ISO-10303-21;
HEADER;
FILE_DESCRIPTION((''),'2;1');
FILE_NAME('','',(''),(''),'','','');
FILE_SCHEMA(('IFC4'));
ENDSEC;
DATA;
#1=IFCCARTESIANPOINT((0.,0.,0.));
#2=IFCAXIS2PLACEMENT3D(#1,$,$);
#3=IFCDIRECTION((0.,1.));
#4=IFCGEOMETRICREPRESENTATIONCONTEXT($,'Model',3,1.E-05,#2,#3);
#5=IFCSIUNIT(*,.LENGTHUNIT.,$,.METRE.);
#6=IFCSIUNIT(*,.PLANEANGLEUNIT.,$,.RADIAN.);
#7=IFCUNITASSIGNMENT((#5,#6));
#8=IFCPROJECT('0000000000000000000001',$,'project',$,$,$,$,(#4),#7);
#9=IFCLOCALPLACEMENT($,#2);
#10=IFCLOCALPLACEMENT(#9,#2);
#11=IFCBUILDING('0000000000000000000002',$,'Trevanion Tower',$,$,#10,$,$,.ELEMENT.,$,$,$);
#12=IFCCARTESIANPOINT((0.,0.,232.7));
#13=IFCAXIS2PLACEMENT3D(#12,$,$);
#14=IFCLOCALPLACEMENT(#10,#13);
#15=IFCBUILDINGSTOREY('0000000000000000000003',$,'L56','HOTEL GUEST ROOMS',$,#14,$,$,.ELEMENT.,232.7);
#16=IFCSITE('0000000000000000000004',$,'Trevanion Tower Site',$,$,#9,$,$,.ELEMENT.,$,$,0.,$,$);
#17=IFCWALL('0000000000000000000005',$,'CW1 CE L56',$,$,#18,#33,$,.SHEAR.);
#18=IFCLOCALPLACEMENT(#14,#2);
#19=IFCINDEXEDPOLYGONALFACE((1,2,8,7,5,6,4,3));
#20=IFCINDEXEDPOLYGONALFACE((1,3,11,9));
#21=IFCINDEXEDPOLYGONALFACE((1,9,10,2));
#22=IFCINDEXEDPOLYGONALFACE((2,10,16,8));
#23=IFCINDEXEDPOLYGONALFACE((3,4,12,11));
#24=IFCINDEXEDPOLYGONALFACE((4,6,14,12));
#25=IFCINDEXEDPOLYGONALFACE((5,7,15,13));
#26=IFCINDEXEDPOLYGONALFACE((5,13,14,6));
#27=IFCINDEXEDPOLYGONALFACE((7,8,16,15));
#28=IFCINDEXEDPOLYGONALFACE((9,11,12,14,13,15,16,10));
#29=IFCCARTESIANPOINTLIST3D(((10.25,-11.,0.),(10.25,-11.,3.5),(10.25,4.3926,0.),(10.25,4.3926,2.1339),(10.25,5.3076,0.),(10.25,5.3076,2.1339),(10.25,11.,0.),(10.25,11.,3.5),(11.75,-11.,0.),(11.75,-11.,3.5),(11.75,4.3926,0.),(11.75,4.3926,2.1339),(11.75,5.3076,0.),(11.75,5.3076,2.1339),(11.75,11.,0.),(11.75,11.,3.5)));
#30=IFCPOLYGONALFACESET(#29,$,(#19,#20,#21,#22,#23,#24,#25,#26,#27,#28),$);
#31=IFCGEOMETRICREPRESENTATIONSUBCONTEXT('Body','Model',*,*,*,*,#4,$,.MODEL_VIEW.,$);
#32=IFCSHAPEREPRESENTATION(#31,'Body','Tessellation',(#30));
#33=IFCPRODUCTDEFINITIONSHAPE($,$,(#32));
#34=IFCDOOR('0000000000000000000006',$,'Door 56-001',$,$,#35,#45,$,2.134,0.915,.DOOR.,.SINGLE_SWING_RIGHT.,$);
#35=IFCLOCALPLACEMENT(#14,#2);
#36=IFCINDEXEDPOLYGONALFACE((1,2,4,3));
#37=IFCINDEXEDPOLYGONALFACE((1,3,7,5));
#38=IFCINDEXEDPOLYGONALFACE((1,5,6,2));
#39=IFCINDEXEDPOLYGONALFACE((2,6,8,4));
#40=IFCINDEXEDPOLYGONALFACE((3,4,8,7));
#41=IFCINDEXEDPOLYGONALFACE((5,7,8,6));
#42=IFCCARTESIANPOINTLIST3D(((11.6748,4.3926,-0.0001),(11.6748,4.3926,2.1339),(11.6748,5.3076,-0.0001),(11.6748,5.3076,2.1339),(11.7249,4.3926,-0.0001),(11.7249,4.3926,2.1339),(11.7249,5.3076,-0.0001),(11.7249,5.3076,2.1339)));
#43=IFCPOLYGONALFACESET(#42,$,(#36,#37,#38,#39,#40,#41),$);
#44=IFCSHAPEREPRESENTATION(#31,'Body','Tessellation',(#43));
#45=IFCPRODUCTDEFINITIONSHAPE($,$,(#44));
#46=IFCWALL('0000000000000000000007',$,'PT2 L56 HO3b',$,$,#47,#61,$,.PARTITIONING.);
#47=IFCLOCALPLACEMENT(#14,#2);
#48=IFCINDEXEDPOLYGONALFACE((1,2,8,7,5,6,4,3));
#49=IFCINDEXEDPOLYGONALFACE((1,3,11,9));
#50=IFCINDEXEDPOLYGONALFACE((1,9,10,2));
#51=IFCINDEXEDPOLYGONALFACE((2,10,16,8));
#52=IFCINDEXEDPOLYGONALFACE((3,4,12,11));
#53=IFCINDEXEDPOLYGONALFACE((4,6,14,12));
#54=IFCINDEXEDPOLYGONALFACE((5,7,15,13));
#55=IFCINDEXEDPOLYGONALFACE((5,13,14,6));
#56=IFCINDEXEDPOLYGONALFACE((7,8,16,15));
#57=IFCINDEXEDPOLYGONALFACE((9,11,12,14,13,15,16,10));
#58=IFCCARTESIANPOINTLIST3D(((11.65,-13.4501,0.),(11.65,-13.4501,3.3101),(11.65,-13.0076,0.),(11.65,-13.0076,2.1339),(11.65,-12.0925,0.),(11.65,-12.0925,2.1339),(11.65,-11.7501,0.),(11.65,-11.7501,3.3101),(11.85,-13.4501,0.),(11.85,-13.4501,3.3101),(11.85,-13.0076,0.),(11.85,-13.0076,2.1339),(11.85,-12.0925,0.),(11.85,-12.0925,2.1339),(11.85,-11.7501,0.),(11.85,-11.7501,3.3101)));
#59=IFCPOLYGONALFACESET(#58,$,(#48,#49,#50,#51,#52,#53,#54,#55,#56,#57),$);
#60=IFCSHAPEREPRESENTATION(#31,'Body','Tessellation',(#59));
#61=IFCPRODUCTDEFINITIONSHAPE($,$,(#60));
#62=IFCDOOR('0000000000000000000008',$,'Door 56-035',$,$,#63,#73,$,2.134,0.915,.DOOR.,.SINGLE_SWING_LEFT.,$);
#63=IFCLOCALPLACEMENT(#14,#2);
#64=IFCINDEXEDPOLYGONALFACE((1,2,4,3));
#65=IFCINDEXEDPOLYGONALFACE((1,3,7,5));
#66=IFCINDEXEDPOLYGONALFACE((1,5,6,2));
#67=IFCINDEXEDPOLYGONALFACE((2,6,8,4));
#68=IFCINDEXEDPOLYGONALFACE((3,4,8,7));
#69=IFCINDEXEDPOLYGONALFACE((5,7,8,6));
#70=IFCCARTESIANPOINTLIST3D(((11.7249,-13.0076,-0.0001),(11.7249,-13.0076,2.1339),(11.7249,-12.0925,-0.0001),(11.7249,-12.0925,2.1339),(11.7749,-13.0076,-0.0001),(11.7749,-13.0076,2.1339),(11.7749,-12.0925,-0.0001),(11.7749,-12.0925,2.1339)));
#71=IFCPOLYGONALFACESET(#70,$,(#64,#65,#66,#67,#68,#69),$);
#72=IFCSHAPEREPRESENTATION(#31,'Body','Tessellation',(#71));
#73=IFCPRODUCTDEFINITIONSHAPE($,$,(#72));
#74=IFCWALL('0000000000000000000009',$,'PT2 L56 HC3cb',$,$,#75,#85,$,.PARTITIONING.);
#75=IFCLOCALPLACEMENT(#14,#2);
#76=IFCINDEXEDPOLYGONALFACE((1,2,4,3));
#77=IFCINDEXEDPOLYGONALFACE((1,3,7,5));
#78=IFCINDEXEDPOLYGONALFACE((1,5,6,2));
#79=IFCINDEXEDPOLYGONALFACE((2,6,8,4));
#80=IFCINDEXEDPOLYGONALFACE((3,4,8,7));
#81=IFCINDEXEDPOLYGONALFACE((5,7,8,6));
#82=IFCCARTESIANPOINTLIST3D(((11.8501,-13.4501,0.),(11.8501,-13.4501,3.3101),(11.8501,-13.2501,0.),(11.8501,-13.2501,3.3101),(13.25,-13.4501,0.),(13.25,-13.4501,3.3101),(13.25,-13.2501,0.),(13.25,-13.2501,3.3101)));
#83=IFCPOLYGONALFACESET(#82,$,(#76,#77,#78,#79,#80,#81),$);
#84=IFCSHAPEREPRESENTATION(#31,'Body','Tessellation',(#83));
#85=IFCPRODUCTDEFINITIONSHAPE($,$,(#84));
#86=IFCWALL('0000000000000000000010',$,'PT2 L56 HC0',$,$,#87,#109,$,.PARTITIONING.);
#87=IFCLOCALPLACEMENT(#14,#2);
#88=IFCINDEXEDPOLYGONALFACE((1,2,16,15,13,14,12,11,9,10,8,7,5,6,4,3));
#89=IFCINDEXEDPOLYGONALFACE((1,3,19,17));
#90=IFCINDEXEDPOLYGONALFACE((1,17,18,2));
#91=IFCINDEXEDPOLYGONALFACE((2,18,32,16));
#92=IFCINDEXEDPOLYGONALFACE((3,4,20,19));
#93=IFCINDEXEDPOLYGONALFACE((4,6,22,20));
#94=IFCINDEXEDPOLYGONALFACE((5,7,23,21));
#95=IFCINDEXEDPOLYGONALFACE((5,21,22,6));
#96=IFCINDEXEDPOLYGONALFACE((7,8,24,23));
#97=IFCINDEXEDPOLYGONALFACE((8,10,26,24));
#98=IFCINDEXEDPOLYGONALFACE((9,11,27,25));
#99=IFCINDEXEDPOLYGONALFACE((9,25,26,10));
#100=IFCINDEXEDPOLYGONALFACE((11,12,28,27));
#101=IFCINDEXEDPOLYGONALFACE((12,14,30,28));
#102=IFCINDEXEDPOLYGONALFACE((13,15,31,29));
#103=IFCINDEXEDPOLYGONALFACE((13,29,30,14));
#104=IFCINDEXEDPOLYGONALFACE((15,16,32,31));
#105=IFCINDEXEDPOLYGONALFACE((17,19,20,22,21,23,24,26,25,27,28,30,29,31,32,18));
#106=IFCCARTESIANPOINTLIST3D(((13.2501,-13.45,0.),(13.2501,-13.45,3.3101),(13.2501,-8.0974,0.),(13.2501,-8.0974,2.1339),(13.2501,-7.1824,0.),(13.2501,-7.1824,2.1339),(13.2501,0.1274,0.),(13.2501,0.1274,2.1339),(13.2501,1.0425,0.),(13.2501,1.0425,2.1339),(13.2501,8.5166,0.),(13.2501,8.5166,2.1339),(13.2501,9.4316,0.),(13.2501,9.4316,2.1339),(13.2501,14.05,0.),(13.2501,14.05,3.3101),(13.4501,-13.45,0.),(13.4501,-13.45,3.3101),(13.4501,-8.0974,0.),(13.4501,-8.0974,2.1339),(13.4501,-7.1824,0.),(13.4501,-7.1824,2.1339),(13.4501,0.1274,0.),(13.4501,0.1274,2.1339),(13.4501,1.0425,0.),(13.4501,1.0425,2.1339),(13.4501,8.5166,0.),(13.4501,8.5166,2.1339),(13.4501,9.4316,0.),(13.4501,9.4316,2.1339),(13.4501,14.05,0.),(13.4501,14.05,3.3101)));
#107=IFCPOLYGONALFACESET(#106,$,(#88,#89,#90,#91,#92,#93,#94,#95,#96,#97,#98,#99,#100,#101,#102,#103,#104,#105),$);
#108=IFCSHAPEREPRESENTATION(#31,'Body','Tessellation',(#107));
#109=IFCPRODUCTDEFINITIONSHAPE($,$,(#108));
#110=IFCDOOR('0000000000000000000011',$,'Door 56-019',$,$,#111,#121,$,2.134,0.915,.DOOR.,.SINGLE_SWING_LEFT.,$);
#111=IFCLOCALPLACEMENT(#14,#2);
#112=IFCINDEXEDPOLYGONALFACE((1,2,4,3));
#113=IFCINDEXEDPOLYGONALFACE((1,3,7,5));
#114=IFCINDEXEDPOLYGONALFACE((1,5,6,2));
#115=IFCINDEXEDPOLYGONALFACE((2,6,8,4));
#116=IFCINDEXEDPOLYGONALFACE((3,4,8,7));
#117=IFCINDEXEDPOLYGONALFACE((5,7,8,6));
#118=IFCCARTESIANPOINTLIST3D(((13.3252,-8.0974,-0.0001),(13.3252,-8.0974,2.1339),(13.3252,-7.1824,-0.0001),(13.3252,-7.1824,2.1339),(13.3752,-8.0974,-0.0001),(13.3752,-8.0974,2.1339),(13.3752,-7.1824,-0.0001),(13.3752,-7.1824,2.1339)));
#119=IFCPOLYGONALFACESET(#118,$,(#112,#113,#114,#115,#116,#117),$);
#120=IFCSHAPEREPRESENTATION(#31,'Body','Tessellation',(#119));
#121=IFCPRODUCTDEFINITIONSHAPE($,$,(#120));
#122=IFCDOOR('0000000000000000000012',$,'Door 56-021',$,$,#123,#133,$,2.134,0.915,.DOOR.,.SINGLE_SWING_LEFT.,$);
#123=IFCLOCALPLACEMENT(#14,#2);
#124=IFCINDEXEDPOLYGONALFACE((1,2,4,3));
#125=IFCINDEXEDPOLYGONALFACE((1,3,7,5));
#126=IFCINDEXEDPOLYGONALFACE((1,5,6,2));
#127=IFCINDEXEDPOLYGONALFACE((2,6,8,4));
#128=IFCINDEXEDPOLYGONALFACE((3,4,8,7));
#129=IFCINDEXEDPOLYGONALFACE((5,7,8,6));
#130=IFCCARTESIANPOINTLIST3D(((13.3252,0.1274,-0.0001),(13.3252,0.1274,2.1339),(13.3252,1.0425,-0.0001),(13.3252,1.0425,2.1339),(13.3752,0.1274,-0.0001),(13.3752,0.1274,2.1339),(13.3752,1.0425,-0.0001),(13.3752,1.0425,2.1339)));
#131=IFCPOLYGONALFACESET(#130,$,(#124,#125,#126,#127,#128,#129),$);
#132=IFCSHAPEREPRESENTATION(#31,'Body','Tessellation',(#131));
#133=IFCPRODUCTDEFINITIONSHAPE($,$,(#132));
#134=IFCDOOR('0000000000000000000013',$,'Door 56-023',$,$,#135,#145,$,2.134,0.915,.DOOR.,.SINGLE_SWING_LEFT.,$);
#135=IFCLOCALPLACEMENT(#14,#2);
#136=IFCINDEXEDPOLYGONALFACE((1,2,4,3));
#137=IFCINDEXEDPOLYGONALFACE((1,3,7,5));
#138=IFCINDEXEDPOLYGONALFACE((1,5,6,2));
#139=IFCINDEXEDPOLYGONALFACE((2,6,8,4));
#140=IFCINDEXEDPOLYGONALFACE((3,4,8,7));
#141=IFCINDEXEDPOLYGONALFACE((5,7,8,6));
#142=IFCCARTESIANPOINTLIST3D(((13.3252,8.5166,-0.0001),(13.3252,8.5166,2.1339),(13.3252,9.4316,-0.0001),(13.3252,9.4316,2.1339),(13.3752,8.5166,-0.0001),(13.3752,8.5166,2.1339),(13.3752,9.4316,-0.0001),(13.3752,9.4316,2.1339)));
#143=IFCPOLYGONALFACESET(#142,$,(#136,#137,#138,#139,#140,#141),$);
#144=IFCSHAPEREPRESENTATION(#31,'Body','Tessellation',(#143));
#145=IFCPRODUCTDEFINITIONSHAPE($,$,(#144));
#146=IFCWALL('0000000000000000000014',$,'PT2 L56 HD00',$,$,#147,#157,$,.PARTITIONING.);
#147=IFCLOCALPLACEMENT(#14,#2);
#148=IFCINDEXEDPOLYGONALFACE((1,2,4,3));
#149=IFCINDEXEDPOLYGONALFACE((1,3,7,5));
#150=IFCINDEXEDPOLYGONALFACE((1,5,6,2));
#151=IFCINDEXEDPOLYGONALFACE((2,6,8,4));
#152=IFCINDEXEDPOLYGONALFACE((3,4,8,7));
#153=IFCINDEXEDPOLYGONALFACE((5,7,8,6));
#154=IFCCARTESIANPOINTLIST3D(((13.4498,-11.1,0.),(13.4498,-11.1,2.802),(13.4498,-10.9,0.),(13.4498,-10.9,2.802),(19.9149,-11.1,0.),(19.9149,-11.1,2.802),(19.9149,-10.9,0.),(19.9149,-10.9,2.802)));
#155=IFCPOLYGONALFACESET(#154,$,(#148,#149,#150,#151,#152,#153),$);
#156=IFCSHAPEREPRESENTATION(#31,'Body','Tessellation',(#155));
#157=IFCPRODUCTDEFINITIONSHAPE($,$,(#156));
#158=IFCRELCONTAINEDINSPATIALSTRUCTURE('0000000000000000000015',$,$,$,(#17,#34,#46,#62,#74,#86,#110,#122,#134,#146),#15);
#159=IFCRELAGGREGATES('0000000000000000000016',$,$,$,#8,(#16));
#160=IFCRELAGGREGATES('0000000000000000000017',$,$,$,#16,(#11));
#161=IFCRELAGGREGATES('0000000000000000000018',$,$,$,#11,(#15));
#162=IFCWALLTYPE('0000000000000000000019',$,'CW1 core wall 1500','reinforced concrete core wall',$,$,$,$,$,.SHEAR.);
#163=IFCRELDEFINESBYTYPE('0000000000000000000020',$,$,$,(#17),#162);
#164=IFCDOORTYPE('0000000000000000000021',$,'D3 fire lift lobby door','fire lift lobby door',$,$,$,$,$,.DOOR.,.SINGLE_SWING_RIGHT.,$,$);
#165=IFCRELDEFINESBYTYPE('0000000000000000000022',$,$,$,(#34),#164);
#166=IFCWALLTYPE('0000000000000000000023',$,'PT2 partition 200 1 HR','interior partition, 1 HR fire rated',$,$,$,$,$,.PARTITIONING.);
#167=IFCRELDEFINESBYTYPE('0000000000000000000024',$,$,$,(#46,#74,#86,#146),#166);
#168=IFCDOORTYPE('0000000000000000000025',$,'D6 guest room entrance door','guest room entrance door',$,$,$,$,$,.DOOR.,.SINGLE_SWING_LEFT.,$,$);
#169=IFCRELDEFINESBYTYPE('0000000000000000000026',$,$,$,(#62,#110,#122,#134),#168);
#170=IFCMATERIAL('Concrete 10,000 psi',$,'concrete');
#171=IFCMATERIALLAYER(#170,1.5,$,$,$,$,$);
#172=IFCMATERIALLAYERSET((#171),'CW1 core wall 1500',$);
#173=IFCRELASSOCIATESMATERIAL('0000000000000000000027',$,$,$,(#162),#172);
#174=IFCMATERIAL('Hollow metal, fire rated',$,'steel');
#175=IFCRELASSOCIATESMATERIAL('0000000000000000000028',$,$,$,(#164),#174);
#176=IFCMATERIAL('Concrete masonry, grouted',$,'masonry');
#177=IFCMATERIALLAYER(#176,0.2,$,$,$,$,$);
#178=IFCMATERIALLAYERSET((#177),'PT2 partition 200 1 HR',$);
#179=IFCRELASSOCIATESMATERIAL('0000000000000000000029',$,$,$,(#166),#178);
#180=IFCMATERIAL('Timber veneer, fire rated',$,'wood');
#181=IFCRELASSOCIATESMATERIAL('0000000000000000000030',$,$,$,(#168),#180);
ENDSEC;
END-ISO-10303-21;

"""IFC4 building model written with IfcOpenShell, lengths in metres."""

from ifc_helpers import new_model, si_unit, direction, frame, frame_2d, origin, place, context, subcontext, project, spatial, rectangle, extrude, material, layer, layer_set, type_object, element, fill, save


model = new_model("IFC4")

# Units and contexts
model_context = context("Model", 3, precision=1e-05, world=origin(), true_north=direction((0.0, 1.0)))
body_context = subcontext(model_context, "Body", "Model", "MODEL_VIEW")
ifc_project = project(units=[si_unit("LENGTHUNIT", "METRE"), si_unit("PLANEANGLEUNIT", "RADIAN")], contexts=[model_context])

# Site, building, storey
site_placement = place(None, origin())
site = spatial("IfcSite", under=ifc_project, at=site_placement, Name="Trevanion Tower Site", CompositionType="ELEMENT", RefElevation=0.0)
building_placement = place(site_placement, origin())
building = spatial("IfcBuilding", under=site, at=building_placement, Name="Trevanion Tower", CompositionType="ELEMENT")
storey_placement = place(building_placement, frame((0.0, 0.0, 232.7)))
storey = spatial("IfcBuildingStorey", under=building, at=storey_placement, Name="L56", Description="HOTEL GUEST ROOMS", CompositionType="ELEMENT", Elevation=232.7)

# Walls, openings, doors
ifc_material_1 = material(Name="Concrete 10,000 psi", Category="concrete")
ifc_layer_1 = layer(ifc_material_1, 1.5)
ifc_layer_set_1 = layer_set([ifc_layer_1], Name="CW1 core wall 1500")
wall_type_1 = type_object("IfcWallType", Name="CW1 core wall 1500", Description="reinforced concrete core wall", PredefinedType="SHEAR", material=ifc_layer_set_1)
wall_1_placement = place(storey_placement, frame((11.0, -11.0, 0.0), z_axis=(0.0, 0.0, 1.0), x_axis=(0.0, 1.0, 0.0)))
wall_1 = element("IfcWall", 1, at=wall_1_placement, inside=storey, type_object=wall_type_1, Name="CW1 CE L56", PredefinedType="SHEAR", context=body_context, shape_type="SweptSolid", body=[
    extrude(rectangle(XDim=22.0, YDim=1.5, at=frame_2d((11.0, 0.0))), origin(), (0.0, 0.0, 1.0), 3.5),
])
opening_1_placement = place(wall_1_placement, frame((15.3926, 0.0, 0.0)))
opening_1 = element("IfcOpeningElement", 2, at=opening_1_placement, cuts=wall_1, PredefinedType="OPENING", context=body_context, shape_type="SweptSolid", body=[
    extrude(rectangle(XDim=0.915, YDim=2.134, at=frame_2d((0.4575, 1.0669))), frame((0.0, 0.76, 0.0), z_axis=(0.0, -1.0, 0.0), x_axis=(1.0, 0.0, 0.0)), (0.0, 0.0, 1.0), 1.52),
])
ifc_material_2 = material(Name="Hollow metal, fire rated", Category="steel")
door_type_1 = type_object("IfcDoorType", Name="D3 fire lift lobby door", Description="fire lift lobby door", OperationType="SINGLE_SWING_RIGHT", PredefinedType="DOOR", material=ifc_material_2)
door_1_placement = place(opening_1_placement, origin())
door_1 = element("IfcDoor", 3, at=door_1_placement, inside=storey, type_object=door_type_1, Name="Door 56-001", OperationType="SINGLE_SWING_RIGHT", OverallHeight=2.134, OverallWidth=0.915, PredefinedType="DOOR", context=body_context, shape_type="SweptSolid", body=[
    extrude(rectangle(XDim=0.915, YDim=2.134, at=frame_2d((0.4575, 1.0669))), frame((0.0, -0.6748, 0.0), z_axis=(0.0, -1.0, 0.0), x_axis=(1.0, 0.0, 0.0)), (0.0, 0.0, 1.0), 0.05),
])
fill(opening_1, door_1)
ifc_material_3 = material(Name="Concrete masonry, grouted", Category="masonry")
ifc_layer_2 = layer(ifc_material_3, 0.2)
ifc_layer_set_2 = layer_set([ifc_layer_2], Name="PT2 partition 200 1 HR")
wall_type_2 = type_object("IfcWallType", Name="PT2 partition 200 1 HR", Description="interior partition, 1 HR fire rated", PredefinedType="PARTITIONING", material=ifc_layer_set_2)
wall_2_placement = place(storey_placement, frame((11.75, -11.75, 0.0), z_axis=(0.0, 0.0, 1.0), x_axis=(0.0, -1.0, 0.0)))
wall_2 = element("IfcWall", 4, at=wall_2_placement, inside=storey, type_object=wall_type_2, Name="PT2 L56 HO3b", PredefinedType="PARTITIONING", context=body_context, shape_type="SweptSolid", body=[
    extrude(rectangle(XDim=1.7, YDim=0.2, at=frame_2d((0.8501, 0.0))), origin(), (0.0, 0.0, 1.0), 3.3101),
])
opening_2_placement = place(wall_2_placement, frame((0.3425, 0.0, 0.0)))
opening_2 = element("IfcOpeningElement", 5, at=opening_2_placement, cuts=wall_2, PredefinedType="OPENING", context=body_context, shape_type="SweptSolid", body=[
    extrude(rectangle(XDim=0.915, YDim=2.134, at=frame_2d((0.4575, 1.0669))), frame((0.0, 0.1099, 0.0), z_axis=(0.0, -1.0, 0.0), x_axis=(1.0, 0.0, 0.0)), (0.0, 0.0, 1.0), 0.22),
])
ifc_material_4 = material(Name="Timber veneer, fire rated", Category="wood")
door_type_2 = type_object("IfcDoorType", Name="D6 guest room entrance door", Description="guest room entrance door", OperationType="SINGLE_SWING_LEFT", PredefinedType="DOOR", material=ifc_material_4)
door_2_placement = place(opening_2_placement, origin())
door_2 = element("IfcDoor", 6, at=door_2_placement, inside=storey, type_object=door_type_2, Name="Door 56-035", OperationType="SINGLE_SWING_LEFT", OverallHeight=2.134, OverallWidth=0.915, PredefinedType="DOOR", context=body_context, shape_type="SweptSolid", body=[
    extrude(rectangle(XDim=0.915, YDim=2.134, at=frame_2d((0.4575, 1.0669))), frame((0.0, 0.0249, 0.0), z_axis=(0.0, -1.0, 0.0), x_axis=(1.0, 0.0, 0.0)), (0.0, 0.0, 1.0), 0.05),
])
fill(opening_2, door_2)

# Wall
wall_3_placement = place(storey_placement, frame((11.8501, -13.3501, 0.0), z_axis=(0.0, 0.0, 1.0), x_axis=(1.0, 0.0, 0.0)))
element("IfcWall", 7, at=wall_3_placement, inside=storey, type_object=wall_type_2, Name="PT2 L56 HC3cb", PredefinedType="PARTITIONING", context=body_context, shape_type="SweptSolid", body=[
    extrude(rectangle(XDim=1.3999, YDim=0.2, at=frame_2d((0.7, 0.0))), origin(), (0.0, 0.0, 1.0), 3.3101),
])

# Wall, openings, doors
wall_4_placement = place(storey_placement, frame((13.3501, -13.45, 0.0), z_axis=(0.0, 0.0, 1.0), x_axis=(0.0, 1.0, 0.0)))
wall_4 = element("IfcWall", 8, at=wall_4_placement, inside=storey, type_object=wall_type_2, Name="PT2 L56 HC0", PredefinedType="PARTITIONING", context=body_context, shape_type="SweptSolid", body=[
    extrude(rectangle(XDim=27.5, YDim=0.2, at=frame_2d((13.75, 0.0))), origin(), (0.0, 0.0, 1.0), 3.3101),
])
opening_3_placement = place(wall_4_placement, frame((5.3525, 0.0, 0.0)))
opening_3 = element("IfcOpeningElement", 9, at=opening_3_placement, cuts=wall_4, PredefinedType="OPENING", context=body_context, shape_type="SweptSolid", body=[
    extrude(rectangle(XDim=0.915, YDim=2.134, at=frame_2d((0.4575, 1.0669))), frame((0.0, 0.1099, 0.0), z_axis=(0.0, -1.0, 0.0), x_axis=(1.0, 0.0, 0.0)), (0.0, 0.0, 1.0), 0.22),
])
opening_4_placement = place(wall_4_placement, frame((13.5774, 0.0, 0.0)))
opening_4 = element("IfcOpeningElement", 10, at=opening_4_placement, cuts=wall_4, PredefinedType="OPENING", context=body_context, shape_type="SweptSolid", body=[
    extrude(rectangle(XDim=0.915, YDim=2.134, at=frame_2d((0.4575, 1.0669))), frame((0.0, 0.1099, 0.0), z_axis=(0.0, -1.0, 0.0), x_axis=(1.0, 0.0, 0.0)), (0.0, 0.0, 1.0), 0.22),
])
opening_5_placement = place(wall_4_placement, frame((21.9666, 0.0, 0.0)))
opening_5 = element("IfcOpeningElement", 11, at=opening_5_placement, cuts=wall_4, PredefinedType="OPENING", context=body_context, shape_type="SweptSolid", body=[
    extrude(rectangle(XDim=0.915, YDim=2.134, at=frame_2d((0.4575, 1.0669))), frame((0.0, 0.1099, 0.0), z_axis=(0.0, -1.0, 0.0), x_axis=(1.0, 0.0, 0.0)), (0.0, 0.0, 1.0), 0.22),
])
door_3_placement = place(opening_3_placement, origin())
door_3 = element("IfcDoor", 12, at=door_3_placement, inside=storey, type_object=door_type_2, Name="Door 56-019", OperationType="SINGLE_SWING_LEFT", OverallHeight=2.134, OverallWidth=0.915, PredefinedType="DOOR", context=body_context, shape_type="SweptSolid", body=[
    extrude(rectangle(XDim=0.915, YDim=2.134, at=frame_2d((0.4575, 1.0669))), frame((0.0, 0.0249, 0.0), z_axis=(0.0, -1.0, 0.0), x_axis=(1.0, 0.0, 0.0)), (0.0, 0.0, 1.0), 0.05),
])
fill(opening_3, door_3)
door_4_placement = place(opening_4_placement, origin())
door_4 = element("IfcDoor", 13, at=door_4_placement, inside=storey, type_object=door_type_2, Name="Door 56-021", OperationType="SINGLE_SWING_LEFT", OverallHeight=2.134, OverallWidth=0.915, PredefinedType="DOOR", context=body_context, shape_type="SweptSolid", body=[
    extrude(rectangle(XDim=0.915, YDim=2.134, at=frame_2d((0.4575, 1.0669))), frame((0.0, 0.0249, 0.0), z_axis=(0.0, -1.0, 0.0), x_axis=(1.0, 0.0, 0.0)), (0.0, 0.0, 1.0), 0.05),
])
fill(opening_4, door_4)
door_5_placement = place(opening_5_placement, origin())
door_5 = element("IfcDoor", 14, at=door_5_placement, inside=storey, type_object=door_type_2, Name="Door 56-023", OperationType="SINGLE_SWING_LEFT", OverallHeight=2.134, OverallWidth=0.915, PredefinedType="DOOR", context=body_context, shape_type="SweptSolid", body=[
    extrude(rectangle(XDim=0.915, YDim=2.134, at=frame_2d((0.4575, 1.0669))), frame((0.0, 0.0249, 0.0), z_axis=(0.0, -1.0, 0.0), x_axis=(1.0, 0.0, 0.0)), (0.0, 0.0, 1.0), 0.05),
])
fill(opening_5, door_5)

# Wall
wall_5_placement = place(storey_placement, frame((13.45, -11.0, 0.0), z_axis=(0.0, 0.0, 1.0), x_axis=(1.0, 0.0, 0.0)))
element("IfcWall", 15, at=wall_5_placement, inside=storey, type_object=wall_type_2, Name="PT2 L56 HD00", PredefinedType="PARTITIONING", context=body_context, shape_type="SweptSolid", body=[
    extrude(rectangle(XDim=6.4651, YDim=0.2, at=frame_2d((3.2324, 0.0))), origin(), (0.0, 0.0, 1.0), 2.802),
])

save(model, "model.ifc")
